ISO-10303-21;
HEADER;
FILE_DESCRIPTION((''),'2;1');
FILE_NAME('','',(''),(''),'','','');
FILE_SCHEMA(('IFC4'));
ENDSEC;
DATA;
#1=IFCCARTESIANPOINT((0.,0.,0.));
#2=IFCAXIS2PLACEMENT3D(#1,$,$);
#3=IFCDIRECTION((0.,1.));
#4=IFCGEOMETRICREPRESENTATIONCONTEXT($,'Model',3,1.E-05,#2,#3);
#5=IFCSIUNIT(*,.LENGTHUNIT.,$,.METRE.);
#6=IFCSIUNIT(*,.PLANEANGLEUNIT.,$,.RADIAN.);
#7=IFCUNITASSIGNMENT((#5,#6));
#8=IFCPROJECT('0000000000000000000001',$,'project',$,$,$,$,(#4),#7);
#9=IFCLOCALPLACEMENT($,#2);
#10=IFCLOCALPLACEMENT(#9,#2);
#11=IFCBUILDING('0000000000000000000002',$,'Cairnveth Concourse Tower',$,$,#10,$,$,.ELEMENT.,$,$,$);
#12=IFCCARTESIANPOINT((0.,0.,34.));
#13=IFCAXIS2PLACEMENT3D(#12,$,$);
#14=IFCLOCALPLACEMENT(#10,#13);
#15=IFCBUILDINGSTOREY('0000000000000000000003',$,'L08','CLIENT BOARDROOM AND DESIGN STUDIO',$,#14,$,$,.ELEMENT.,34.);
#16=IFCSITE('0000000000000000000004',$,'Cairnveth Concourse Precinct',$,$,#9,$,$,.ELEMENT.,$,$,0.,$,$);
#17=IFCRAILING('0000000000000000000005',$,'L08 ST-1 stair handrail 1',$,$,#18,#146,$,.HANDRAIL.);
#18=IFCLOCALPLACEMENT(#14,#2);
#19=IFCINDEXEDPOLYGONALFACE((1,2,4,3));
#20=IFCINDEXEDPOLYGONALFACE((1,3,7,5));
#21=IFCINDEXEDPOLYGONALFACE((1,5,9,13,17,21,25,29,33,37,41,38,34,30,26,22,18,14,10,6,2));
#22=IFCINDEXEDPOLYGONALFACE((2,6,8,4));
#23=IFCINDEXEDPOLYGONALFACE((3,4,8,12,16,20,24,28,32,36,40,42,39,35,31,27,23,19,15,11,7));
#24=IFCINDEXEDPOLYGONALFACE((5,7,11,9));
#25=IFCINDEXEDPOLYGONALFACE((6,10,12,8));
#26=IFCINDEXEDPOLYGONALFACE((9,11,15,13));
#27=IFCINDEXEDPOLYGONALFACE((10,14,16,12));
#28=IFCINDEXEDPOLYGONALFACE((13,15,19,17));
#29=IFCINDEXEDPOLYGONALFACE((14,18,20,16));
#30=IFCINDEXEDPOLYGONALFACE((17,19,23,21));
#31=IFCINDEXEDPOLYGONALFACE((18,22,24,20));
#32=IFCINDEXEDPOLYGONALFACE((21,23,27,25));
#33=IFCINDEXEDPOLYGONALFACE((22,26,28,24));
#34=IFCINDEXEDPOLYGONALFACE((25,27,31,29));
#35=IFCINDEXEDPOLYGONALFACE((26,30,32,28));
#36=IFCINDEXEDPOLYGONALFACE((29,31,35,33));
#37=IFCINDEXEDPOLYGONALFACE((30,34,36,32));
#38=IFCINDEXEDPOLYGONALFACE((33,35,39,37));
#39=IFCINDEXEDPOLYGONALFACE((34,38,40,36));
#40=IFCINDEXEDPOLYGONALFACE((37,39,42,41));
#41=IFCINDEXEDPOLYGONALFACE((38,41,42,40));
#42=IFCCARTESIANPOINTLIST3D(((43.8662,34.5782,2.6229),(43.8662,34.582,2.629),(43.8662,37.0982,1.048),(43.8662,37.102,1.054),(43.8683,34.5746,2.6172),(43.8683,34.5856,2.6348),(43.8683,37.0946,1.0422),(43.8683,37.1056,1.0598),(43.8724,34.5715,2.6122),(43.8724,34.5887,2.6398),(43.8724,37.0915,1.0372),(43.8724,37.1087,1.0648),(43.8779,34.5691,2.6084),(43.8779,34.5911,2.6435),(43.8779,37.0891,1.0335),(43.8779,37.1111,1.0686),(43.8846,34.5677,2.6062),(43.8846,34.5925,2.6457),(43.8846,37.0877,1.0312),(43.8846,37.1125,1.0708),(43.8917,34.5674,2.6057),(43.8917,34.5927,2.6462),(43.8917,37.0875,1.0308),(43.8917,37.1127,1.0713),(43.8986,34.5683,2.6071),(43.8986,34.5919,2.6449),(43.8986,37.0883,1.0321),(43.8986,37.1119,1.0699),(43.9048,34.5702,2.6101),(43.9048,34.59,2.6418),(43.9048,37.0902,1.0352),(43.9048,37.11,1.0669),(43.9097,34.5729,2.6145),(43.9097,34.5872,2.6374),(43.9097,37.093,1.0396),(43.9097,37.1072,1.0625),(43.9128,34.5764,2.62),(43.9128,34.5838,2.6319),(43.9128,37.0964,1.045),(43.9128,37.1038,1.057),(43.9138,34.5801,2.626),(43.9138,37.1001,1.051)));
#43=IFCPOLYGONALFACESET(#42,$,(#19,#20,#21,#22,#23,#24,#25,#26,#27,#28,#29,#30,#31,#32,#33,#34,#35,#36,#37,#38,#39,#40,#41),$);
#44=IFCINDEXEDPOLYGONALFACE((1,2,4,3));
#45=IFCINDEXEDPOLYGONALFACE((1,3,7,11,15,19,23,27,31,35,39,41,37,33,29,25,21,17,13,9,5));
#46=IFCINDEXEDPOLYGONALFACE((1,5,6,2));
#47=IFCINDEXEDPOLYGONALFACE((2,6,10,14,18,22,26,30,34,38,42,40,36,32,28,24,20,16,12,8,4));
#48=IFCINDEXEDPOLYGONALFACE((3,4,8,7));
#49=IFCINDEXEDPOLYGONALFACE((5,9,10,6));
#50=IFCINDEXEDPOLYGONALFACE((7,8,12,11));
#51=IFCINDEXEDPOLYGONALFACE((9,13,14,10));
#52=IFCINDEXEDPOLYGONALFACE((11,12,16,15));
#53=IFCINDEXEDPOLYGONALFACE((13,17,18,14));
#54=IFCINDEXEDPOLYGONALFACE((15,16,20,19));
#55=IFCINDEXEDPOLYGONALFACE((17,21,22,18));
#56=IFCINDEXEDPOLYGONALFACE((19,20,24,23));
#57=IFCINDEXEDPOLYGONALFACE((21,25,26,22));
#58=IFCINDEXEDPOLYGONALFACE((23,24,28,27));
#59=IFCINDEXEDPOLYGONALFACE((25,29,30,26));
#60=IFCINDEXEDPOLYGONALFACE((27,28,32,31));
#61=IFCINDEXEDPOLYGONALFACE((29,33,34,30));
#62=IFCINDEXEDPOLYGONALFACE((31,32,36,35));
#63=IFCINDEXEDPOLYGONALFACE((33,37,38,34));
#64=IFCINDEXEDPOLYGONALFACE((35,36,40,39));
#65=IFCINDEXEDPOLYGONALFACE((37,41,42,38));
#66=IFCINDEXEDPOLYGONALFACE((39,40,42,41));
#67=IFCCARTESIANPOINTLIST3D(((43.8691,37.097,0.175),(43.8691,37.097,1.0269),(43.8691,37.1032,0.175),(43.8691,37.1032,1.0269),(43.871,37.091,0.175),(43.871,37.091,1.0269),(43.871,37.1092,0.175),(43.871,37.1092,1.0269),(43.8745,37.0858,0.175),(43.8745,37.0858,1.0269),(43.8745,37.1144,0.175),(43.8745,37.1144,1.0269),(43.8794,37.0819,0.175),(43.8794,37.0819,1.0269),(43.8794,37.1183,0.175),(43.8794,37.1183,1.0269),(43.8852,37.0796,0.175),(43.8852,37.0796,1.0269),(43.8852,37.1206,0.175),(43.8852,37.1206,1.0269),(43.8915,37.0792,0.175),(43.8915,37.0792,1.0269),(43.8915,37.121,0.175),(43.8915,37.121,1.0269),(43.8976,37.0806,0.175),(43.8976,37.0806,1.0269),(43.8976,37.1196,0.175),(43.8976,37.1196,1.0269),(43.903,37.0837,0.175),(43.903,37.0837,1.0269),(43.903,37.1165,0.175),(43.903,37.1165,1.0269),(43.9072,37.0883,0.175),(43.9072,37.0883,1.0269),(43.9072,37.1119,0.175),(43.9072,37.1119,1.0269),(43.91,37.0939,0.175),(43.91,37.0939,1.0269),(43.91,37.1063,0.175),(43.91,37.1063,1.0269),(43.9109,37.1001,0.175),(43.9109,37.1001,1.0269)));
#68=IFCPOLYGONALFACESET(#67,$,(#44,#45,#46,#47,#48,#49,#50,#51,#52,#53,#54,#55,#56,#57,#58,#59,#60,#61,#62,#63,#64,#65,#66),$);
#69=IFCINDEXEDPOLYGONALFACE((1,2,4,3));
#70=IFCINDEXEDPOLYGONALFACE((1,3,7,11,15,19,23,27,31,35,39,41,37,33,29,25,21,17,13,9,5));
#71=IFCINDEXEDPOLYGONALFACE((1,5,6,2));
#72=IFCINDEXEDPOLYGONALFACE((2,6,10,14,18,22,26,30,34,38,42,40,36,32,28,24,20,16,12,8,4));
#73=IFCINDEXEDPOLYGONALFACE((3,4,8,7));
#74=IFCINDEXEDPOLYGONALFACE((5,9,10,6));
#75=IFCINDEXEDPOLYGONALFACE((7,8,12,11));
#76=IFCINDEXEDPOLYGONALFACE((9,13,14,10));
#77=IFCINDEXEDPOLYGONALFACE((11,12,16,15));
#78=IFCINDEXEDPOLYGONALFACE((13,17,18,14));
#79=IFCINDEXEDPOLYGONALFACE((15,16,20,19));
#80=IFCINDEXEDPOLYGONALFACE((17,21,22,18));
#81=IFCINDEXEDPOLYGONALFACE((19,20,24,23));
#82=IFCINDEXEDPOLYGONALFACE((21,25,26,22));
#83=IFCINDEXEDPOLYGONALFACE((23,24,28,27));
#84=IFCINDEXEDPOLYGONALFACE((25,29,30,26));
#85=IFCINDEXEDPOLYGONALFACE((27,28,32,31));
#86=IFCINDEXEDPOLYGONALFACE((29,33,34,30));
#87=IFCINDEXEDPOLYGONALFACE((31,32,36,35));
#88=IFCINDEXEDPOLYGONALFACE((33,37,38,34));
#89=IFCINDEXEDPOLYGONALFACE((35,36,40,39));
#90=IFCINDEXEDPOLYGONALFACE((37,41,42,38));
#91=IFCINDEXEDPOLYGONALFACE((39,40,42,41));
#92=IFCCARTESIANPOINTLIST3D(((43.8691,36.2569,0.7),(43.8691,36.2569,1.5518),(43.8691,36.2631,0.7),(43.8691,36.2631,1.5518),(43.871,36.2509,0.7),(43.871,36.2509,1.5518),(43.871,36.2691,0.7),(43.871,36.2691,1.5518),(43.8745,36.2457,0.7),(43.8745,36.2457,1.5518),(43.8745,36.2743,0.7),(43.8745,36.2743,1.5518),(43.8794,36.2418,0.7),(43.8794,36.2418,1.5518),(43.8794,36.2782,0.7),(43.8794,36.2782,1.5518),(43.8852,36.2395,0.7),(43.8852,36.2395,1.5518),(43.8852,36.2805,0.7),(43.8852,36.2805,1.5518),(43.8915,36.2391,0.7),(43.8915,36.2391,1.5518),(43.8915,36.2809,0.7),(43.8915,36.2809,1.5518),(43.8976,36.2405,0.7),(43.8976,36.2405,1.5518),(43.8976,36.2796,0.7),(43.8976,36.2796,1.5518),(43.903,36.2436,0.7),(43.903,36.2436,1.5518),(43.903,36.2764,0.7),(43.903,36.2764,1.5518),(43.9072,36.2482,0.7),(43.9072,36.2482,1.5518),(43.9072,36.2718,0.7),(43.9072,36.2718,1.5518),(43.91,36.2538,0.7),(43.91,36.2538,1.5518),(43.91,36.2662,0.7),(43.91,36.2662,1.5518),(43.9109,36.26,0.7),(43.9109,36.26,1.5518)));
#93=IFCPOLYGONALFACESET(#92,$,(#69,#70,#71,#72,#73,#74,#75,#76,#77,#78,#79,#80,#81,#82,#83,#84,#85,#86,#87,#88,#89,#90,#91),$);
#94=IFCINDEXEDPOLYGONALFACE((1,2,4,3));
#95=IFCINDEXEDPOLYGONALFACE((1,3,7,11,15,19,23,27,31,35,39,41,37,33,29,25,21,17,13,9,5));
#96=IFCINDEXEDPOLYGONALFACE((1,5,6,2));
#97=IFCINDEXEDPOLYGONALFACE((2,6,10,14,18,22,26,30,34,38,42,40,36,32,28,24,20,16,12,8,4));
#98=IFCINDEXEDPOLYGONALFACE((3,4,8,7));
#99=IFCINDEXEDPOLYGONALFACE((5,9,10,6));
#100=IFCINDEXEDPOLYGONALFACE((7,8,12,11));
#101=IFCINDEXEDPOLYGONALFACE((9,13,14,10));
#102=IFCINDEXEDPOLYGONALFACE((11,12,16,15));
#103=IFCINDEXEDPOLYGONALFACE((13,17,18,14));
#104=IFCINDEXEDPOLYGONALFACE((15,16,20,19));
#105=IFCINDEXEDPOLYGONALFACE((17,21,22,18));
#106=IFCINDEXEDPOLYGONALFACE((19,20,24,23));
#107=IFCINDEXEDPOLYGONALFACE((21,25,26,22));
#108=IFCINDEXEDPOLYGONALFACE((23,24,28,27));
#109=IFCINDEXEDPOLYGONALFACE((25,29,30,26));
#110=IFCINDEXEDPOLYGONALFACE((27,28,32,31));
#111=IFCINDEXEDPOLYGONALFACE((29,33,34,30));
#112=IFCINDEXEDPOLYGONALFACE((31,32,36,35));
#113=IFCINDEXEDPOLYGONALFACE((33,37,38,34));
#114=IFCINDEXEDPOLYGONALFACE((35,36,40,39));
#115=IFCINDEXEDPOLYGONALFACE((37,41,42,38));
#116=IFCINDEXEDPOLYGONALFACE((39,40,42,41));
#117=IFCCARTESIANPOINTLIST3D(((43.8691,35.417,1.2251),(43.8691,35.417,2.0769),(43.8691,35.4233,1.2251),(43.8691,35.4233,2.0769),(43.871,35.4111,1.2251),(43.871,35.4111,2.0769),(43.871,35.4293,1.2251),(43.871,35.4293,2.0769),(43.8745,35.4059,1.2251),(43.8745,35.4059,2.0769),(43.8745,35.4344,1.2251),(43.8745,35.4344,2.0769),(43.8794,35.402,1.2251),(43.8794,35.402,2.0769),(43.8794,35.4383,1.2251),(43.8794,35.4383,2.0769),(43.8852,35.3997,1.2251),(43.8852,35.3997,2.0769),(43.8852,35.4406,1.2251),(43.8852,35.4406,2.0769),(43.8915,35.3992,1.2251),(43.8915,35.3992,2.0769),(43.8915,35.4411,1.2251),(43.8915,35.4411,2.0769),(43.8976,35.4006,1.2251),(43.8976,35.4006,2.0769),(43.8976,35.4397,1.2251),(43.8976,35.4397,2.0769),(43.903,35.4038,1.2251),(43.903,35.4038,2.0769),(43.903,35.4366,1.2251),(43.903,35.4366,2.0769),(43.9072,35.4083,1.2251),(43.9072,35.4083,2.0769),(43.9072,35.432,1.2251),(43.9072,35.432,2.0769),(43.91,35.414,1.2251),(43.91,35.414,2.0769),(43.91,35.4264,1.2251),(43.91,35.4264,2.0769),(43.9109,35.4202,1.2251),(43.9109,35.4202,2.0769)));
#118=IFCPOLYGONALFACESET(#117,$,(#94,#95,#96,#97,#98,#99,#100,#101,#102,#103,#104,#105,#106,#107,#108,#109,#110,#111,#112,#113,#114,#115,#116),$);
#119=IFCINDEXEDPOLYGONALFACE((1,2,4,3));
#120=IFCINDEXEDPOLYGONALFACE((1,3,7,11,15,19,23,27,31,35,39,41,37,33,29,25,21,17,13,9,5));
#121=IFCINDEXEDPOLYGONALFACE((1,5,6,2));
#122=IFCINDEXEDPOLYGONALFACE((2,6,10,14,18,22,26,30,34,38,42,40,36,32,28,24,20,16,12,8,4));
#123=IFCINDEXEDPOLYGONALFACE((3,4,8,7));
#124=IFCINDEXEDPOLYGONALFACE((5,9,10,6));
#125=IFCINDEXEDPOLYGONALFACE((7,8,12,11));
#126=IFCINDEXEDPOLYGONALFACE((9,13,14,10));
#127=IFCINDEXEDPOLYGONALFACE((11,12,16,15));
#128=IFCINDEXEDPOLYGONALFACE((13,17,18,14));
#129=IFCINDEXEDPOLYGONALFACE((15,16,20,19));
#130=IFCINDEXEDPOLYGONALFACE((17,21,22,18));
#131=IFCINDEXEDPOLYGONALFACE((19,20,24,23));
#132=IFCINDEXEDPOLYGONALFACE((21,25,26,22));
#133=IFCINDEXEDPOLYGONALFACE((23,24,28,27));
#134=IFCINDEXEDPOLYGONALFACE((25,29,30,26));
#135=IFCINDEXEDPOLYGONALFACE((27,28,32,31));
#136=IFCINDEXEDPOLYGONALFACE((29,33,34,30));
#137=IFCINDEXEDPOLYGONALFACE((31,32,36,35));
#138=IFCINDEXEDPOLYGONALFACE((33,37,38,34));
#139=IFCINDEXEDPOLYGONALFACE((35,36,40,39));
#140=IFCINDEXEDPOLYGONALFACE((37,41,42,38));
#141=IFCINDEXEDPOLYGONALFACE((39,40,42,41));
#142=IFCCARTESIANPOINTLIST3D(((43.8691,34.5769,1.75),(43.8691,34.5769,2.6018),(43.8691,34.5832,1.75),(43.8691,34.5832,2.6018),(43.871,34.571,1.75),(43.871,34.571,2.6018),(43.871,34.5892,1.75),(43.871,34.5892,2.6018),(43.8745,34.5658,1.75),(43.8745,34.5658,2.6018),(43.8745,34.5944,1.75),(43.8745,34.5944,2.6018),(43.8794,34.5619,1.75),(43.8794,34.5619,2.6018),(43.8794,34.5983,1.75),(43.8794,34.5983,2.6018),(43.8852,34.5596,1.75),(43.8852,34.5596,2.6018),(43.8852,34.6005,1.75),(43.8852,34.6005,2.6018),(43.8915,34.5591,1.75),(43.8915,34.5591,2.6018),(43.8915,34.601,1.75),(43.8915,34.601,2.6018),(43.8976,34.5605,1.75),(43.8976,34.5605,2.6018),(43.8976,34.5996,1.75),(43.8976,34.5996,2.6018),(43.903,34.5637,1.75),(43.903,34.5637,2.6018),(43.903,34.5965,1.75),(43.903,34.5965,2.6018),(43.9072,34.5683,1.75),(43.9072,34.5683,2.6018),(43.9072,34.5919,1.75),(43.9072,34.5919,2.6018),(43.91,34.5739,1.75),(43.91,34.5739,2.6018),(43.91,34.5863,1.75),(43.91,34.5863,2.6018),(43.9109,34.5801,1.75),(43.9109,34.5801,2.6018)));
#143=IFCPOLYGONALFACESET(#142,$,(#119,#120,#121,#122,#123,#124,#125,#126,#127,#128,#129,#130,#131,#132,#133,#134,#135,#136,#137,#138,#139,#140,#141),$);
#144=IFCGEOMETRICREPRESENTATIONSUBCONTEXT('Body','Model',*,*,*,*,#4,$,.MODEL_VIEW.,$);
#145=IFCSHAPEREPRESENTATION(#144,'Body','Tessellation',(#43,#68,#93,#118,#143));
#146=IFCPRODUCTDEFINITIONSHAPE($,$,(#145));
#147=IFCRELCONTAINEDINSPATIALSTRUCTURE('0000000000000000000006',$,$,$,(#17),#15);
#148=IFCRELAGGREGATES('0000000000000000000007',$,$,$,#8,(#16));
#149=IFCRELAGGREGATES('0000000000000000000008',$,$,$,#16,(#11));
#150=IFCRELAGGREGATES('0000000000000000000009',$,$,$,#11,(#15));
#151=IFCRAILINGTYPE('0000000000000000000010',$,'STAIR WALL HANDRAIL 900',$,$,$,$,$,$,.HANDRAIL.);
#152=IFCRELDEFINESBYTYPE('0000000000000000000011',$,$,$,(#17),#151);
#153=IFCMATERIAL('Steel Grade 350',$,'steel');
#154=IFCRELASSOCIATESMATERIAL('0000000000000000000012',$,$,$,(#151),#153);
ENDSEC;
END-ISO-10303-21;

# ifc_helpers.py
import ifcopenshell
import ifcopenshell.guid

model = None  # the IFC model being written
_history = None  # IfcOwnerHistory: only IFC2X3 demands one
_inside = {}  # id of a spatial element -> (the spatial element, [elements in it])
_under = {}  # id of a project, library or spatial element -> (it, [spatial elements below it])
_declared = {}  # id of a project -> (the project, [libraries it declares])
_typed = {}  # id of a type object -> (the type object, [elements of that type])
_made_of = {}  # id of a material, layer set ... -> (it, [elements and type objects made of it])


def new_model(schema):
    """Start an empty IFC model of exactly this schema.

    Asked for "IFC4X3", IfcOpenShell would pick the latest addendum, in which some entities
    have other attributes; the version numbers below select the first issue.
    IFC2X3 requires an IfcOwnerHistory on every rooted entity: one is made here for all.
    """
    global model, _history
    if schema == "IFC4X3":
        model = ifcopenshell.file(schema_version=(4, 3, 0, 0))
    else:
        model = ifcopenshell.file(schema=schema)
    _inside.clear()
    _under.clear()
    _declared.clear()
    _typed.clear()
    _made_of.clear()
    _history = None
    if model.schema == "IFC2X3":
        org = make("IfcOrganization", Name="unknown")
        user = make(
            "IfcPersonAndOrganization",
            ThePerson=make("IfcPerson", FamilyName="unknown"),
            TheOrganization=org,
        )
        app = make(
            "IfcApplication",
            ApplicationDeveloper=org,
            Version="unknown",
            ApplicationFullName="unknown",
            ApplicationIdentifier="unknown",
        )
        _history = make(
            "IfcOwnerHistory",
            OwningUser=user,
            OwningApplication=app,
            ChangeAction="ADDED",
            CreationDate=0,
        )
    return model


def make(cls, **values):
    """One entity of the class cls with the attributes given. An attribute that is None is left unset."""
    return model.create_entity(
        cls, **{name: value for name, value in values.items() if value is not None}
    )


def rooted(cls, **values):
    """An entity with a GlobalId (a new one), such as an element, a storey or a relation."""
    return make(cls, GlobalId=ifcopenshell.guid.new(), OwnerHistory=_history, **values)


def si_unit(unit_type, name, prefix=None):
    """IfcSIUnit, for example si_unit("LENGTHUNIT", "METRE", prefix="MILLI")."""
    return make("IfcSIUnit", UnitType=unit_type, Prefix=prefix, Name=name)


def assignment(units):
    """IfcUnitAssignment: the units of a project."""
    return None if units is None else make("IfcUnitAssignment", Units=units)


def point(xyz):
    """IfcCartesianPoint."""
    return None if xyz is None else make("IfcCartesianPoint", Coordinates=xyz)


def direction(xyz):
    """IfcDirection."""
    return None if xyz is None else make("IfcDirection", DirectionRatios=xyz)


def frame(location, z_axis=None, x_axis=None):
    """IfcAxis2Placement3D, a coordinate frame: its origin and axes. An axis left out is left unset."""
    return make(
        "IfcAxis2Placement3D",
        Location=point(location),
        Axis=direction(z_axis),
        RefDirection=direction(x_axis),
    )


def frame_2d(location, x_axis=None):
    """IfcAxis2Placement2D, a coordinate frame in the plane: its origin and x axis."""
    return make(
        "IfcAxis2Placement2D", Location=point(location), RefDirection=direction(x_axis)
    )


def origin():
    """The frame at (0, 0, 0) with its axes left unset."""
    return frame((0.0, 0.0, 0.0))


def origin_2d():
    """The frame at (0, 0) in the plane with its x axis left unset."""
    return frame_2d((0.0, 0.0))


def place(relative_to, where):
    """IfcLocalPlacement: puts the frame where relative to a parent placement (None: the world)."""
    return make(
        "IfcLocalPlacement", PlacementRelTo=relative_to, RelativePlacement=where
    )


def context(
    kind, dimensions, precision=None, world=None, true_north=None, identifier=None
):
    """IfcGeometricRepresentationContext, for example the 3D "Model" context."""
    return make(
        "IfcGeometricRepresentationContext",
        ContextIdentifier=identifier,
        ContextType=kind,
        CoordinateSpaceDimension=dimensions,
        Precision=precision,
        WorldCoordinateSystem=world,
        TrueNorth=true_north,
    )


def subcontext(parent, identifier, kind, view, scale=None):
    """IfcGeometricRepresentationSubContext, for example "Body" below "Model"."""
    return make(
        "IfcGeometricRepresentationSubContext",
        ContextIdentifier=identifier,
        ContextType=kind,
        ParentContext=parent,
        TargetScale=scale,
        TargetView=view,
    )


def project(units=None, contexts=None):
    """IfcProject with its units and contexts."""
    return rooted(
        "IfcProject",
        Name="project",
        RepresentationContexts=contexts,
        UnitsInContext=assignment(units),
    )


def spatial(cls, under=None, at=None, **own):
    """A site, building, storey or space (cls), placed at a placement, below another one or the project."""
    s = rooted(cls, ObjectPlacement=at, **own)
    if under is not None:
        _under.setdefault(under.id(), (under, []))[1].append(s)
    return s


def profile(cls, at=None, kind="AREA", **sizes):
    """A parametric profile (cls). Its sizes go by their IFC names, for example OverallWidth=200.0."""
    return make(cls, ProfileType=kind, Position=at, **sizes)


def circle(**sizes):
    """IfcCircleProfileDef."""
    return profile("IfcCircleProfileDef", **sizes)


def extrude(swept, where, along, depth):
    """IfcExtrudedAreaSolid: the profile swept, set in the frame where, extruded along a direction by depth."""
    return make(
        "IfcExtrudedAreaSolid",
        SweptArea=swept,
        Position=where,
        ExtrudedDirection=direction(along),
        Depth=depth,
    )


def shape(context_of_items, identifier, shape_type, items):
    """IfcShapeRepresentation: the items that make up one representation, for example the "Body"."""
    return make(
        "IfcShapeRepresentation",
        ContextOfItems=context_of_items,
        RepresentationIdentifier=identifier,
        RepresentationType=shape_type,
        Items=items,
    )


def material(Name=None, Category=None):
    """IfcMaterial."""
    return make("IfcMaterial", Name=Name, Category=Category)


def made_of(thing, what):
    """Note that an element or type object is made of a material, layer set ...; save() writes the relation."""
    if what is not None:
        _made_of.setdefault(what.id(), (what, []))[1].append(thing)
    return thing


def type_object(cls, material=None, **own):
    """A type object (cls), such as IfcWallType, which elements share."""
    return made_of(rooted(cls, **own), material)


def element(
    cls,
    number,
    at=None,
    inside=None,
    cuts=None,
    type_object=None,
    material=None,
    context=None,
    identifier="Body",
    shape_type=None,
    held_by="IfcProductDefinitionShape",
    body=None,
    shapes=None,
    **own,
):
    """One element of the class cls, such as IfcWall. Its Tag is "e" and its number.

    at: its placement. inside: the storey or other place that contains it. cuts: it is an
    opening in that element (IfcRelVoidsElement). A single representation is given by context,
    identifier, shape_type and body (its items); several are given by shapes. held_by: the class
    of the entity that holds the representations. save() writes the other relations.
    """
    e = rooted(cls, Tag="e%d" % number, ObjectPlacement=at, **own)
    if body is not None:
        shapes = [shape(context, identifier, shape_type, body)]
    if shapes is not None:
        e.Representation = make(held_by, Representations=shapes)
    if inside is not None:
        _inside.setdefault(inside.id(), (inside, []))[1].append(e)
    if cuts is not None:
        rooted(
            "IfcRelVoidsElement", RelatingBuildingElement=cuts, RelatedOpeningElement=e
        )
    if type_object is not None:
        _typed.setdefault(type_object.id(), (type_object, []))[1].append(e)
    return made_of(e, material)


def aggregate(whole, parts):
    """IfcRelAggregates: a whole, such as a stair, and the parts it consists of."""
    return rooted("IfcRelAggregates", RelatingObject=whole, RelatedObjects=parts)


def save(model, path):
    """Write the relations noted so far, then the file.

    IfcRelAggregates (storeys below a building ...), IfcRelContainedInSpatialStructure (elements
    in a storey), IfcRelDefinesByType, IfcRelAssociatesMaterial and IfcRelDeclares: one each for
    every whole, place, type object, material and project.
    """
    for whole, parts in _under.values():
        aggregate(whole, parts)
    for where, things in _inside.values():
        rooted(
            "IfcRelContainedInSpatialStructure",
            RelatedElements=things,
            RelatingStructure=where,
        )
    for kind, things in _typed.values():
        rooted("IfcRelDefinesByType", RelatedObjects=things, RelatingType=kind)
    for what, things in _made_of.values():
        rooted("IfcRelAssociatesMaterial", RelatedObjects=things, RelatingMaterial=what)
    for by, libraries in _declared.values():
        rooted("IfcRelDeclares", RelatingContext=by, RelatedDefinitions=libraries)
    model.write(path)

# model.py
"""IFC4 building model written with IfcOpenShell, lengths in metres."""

from ifc_helpers import new_model, si_unit, direction, frame, origin, origin_2d, place, context, subcontext, project, spatial, circle, extrude, material, type_object, element, save


model = new_model("IFC4")

# Units and contexts
model_context = context("Model", 3, precision=1e-05, world=origin(), true_north=direction((0.0, 1.0)))
body_context = subcontext(model_context, "Body", "Model", "MODEL_VIEW")
ifc_project = project(units=[si_unit("LENGTHUNIT", "METRE"), si_unit("PLANEANGLEUNIT", "RADIAN")], contexts=[model_context])

# Site, building, storey
site_placement = place(None, origin())
site = spatial("IfcSite", under=ifc_project, at=site_placement, Name="Cairnveth Concourse Precinct", CompositionType="ELEMENT", RefElevation=0.0)
building_placement = place(site_placement, origin())
building = spatial("IfcBuilding", under=site, at=building_placement, Name="Cairnveth Concourse Tower", CompositionType="ELEMENT")
storey_placement = place(building_placement, frame((0.0, 0.0, 34.0)))
storey = spatial("IfcBuildingStorey", under=building, at=storey_placement, Name="L08", Description="CLIENT BOARDROOM AND DESIGN STUDIO", CompositionType="ELEMENT", Elevation=34.0)

# Shared definitions
ifc_material_1 = material(Name="Steel Grade 350", Category="steel")

# Railing
railing_type_1 = type_object("IfcRailingType", Name="STAIR WALL HANDRAIL 900", PredefinedType="HANDRAIL", material=ifc_material_1)
railing_1_placement = place(storey_placement, frame((43.8899, 37.1001, 0.175)))
element("IfcRailing", 1, at=railing_1_placement, inside=storey, type_object=railing_type_1, Name="L08 ST-1 stair handrail 1", PredefinedType="HANDRAIL", context=body_context, shape_type="SweptSolid", body=[
    extrude(circle(Radius=0.0239, at=origin_2d()), frame((0.0, 0.0, 0.876), z_axis=(0.0, -0.848008, 0.529984), x_axis=(1.0, 0.0, 0.0)), (0.0, 0.0, 1.0), 2.9717),
    extrude(circle(Radius=0.021, at=origin_2d()), origin(), (0.0, 0.0, 1.0), 0.8518),
    extrude(circle(Radius=0.021, at=origin_2d()), frame((0.0, -0.8401, 0.5249)), (0.0, 0.0, 1.0), 0.8518),
    extrude(circle(Radius=0.021, at=origin_2d()), frame((0.0, -1.6799, 1.05)), (0.0, 0.0, 1.0), 0.8518),
    extrude(circle(Radius=0.021, at=origin_2d()), frame((0.0, -2.52, 1.575)), (0.0, 0.0, 1.0), 0.8518),
])

save(model, "model.ifc")
